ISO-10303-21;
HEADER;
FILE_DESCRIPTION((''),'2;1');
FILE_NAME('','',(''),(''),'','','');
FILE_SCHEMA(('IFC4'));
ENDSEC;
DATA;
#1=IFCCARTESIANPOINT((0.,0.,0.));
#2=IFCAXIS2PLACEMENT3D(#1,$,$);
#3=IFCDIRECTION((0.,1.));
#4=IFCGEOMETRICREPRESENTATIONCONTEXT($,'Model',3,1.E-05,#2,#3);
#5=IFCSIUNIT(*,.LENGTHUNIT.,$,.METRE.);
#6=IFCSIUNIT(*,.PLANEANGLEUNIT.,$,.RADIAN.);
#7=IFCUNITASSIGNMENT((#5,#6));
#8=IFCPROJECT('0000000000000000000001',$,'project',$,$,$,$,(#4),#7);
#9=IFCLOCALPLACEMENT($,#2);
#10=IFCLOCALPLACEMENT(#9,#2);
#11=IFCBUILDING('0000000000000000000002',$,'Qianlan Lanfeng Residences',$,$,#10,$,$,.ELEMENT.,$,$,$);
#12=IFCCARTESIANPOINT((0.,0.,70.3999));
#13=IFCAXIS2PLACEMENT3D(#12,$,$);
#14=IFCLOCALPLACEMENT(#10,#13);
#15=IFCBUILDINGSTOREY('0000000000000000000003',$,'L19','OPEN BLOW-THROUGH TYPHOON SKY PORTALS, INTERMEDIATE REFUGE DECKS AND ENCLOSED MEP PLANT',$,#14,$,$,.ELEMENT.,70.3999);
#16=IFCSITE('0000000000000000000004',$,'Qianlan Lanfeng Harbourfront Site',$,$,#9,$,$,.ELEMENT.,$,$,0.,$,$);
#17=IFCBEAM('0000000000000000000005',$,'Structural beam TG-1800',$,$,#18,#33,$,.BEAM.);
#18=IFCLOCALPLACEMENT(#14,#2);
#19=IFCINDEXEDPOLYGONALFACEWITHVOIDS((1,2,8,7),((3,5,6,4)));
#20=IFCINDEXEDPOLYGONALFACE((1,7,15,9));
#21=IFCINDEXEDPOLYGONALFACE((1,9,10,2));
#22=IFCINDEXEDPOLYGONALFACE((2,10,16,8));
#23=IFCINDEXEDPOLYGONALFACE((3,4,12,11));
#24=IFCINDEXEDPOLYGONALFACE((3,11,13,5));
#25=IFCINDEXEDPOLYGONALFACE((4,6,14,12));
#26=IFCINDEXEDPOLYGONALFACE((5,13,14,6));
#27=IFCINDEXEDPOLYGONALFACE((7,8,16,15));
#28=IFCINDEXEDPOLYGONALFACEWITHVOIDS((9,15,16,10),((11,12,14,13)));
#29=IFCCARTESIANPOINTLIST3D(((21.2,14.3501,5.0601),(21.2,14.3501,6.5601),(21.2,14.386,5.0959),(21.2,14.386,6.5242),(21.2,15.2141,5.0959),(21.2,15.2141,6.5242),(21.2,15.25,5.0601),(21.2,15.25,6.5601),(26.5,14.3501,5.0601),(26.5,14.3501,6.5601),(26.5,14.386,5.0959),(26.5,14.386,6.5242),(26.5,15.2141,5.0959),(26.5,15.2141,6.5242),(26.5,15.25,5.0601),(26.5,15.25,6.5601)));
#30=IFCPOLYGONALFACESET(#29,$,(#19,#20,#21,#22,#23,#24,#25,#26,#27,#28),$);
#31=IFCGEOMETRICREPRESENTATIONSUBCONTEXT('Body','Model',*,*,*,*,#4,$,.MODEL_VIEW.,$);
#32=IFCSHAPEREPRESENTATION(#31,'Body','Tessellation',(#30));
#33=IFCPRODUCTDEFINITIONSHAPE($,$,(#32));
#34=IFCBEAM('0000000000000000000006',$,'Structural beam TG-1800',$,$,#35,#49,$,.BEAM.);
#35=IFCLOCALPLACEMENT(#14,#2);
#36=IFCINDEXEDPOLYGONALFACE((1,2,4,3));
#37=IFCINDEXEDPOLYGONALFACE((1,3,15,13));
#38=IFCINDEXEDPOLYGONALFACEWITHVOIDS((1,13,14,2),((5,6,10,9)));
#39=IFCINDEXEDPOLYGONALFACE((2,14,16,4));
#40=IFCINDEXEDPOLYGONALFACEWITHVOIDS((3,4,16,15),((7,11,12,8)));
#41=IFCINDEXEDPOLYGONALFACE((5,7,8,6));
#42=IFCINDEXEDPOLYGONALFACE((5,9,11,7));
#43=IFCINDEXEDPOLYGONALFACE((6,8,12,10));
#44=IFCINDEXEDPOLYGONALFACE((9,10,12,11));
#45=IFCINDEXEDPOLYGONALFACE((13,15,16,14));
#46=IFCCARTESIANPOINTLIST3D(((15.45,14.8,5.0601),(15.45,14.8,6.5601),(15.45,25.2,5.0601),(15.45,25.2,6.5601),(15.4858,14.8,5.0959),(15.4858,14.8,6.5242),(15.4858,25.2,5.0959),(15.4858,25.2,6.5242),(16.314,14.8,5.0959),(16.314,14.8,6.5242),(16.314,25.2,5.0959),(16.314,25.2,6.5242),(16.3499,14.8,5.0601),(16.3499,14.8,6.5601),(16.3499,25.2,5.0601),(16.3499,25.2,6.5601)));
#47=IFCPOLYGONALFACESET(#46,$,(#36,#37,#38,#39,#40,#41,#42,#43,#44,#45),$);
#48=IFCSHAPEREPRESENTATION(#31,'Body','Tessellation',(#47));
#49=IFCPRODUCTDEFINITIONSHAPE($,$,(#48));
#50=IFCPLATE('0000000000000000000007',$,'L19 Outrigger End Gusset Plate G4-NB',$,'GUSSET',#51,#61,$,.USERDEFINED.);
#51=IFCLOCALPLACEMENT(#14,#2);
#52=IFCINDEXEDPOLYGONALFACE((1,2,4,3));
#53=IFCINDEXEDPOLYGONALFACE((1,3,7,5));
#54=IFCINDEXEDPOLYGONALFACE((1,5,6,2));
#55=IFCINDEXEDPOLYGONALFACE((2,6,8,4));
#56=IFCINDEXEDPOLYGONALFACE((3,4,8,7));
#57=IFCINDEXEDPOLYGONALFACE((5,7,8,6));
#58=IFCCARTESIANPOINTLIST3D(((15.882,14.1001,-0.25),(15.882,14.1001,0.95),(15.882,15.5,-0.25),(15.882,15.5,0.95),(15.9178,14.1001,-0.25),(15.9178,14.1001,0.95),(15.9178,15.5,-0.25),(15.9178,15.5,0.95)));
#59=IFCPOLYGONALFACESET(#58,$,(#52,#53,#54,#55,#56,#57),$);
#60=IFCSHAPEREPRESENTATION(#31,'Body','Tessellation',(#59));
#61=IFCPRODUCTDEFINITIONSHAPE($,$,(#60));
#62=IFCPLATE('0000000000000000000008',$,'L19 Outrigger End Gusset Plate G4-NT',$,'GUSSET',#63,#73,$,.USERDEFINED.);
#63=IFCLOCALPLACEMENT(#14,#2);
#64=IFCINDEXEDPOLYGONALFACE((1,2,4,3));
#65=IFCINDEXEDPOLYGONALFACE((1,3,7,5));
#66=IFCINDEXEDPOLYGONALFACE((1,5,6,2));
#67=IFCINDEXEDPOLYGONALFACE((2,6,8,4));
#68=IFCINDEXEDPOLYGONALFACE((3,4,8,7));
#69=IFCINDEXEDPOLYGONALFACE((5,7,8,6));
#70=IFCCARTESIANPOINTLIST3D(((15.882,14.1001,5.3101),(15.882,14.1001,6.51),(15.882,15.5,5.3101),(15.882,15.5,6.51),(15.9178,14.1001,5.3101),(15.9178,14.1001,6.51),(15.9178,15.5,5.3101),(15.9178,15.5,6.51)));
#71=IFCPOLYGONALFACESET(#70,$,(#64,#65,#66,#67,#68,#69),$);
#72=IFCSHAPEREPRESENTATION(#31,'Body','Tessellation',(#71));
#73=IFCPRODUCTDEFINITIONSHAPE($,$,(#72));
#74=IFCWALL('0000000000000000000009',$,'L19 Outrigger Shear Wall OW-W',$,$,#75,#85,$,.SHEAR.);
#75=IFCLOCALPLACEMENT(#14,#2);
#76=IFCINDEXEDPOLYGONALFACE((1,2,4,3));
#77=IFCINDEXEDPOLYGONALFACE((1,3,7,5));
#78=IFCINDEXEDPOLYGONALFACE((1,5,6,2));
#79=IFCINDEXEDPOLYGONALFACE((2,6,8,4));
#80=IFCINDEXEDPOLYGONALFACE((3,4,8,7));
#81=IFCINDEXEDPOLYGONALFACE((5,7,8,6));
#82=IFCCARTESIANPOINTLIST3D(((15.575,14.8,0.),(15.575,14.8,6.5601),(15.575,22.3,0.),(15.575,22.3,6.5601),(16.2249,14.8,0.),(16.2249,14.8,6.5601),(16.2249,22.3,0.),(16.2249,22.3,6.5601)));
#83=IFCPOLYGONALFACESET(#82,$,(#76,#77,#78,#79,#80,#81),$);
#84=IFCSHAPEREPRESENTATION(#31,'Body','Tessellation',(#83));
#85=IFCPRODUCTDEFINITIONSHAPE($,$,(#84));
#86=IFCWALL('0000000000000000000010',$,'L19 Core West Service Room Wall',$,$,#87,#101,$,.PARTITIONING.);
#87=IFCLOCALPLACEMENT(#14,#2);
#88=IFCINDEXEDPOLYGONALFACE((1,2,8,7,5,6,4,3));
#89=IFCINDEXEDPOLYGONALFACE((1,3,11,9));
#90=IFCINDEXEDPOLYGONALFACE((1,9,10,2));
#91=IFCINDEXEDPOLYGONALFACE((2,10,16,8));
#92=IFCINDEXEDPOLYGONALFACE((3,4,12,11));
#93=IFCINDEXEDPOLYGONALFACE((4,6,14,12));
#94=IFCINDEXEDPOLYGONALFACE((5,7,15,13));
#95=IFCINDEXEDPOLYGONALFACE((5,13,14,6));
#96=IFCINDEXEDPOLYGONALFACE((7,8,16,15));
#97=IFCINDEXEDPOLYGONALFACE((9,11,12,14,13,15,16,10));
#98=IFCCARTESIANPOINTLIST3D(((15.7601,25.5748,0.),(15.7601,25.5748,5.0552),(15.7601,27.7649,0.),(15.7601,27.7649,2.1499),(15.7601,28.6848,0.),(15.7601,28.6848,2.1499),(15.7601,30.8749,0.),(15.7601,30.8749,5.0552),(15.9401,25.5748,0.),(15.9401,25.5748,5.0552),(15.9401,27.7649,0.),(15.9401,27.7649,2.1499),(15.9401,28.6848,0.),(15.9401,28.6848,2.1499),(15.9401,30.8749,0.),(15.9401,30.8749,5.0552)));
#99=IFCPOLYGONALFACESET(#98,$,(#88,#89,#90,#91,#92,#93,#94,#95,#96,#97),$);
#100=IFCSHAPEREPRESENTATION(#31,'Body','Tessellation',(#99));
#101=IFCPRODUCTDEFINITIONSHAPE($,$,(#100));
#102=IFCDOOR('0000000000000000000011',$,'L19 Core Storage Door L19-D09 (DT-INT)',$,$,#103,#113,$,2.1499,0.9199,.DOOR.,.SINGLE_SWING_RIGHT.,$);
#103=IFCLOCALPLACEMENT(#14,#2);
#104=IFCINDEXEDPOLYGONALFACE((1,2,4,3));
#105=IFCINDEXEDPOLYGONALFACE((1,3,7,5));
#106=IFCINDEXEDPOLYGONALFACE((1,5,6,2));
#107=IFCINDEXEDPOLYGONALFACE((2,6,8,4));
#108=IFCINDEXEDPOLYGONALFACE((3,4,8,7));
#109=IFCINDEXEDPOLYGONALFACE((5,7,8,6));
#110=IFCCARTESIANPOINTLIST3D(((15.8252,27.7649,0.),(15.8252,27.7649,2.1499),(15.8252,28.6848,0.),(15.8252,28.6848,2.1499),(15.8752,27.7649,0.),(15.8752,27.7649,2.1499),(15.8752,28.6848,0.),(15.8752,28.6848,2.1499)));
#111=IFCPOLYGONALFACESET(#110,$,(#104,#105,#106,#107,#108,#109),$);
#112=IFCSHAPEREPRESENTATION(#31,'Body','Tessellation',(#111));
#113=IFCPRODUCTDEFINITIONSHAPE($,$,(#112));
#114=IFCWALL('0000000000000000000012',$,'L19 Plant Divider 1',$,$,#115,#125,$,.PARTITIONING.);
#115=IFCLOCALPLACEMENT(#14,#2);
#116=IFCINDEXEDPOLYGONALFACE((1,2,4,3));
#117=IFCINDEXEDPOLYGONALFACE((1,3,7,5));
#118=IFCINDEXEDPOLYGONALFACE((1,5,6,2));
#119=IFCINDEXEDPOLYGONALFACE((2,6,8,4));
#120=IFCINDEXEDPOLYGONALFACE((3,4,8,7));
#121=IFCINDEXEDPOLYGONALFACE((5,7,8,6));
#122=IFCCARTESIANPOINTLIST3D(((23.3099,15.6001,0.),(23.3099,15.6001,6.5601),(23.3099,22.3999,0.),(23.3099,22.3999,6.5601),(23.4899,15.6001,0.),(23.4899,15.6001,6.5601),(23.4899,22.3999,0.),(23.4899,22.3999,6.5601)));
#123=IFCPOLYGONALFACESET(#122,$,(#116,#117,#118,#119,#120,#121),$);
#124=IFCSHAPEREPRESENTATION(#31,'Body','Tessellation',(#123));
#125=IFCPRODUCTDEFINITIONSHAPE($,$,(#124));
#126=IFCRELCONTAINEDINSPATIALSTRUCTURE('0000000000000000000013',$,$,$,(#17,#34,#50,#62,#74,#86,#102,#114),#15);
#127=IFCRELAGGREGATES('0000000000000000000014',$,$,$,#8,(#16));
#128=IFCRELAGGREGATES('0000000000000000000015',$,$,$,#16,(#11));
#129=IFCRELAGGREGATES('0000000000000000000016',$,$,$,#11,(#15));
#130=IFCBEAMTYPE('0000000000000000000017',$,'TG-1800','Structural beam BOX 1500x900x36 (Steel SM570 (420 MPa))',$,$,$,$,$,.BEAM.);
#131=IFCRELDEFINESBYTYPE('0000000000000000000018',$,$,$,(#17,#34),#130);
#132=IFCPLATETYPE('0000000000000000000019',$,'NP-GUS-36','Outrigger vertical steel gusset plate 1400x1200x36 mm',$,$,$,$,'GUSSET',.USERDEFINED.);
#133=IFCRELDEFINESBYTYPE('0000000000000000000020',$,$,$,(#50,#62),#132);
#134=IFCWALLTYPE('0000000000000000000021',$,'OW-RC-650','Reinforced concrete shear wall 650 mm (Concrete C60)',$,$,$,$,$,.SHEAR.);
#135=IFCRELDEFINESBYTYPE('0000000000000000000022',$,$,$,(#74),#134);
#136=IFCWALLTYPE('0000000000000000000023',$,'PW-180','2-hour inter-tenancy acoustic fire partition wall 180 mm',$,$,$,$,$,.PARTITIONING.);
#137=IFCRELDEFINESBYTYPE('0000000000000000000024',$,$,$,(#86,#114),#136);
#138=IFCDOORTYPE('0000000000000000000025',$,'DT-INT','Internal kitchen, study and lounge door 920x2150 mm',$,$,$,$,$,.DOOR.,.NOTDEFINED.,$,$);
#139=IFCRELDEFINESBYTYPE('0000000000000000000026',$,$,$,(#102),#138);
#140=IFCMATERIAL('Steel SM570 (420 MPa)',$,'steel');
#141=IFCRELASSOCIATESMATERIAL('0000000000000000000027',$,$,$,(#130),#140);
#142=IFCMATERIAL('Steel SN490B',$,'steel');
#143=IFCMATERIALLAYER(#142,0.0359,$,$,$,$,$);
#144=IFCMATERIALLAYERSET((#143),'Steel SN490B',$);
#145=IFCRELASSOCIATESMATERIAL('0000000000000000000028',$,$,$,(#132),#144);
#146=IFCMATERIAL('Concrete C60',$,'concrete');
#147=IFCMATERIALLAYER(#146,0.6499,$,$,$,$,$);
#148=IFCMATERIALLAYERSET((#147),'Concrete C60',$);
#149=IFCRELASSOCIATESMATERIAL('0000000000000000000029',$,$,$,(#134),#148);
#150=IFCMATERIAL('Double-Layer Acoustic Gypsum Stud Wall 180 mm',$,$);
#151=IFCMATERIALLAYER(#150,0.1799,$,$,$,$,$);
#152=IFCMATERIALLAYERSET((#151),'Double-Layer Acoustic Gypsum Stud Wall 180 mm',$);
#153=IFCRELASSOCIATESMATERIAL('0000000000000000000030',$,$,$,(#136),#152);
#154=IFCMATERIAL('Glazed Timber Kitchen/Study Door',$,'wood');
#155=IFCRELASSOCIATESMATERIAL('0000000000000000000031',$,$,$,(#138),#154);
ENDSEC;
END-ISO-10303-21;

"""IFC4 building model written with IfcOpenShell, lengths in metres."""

from ifc_helpers import new_model, si_unit, direction, frame, frame_2d, origin, origin_2d, place, context, subcontext, project, spatial, rectangle, hollow_rectangle, extrude, source, transform, mapped, material, layer, layer_set, material_profile, profile_set, type_object, element, fill, save


model = new_model("IFC4")

# Units and contexts
model_context = context("Model", 3, precision=1e-05, world=origin(), true_north=direction((0.0, 1.0)))
body_context = subcontext(model_context, "Body", "Model", "MODEL_VIEW")
ifc_project = project(units=[si_unit("LENGTHUNIT", "METRE"), si_unit("PLANEANGLEUNIT", "RADIAN")], contexts=[model_context])

# Site, building, storey
site_placement = place(None, origin())
site = spatial("IfcSite", under=ifc_project, at=site_placement, Name="Qianlan Lanfeng Harbourfront Site", CompositionType="ELEMENT", RefElevation=0.0)
building_placement = place(site_placement, origin())
building = spatial("IfcBuilding", under=site, at=building_placement, Name="Qianlan Lanfeng Residences", CompositionType="ELEMENT")
storey_placement = place(building_placement, frame((0.0, 0.0, 70.3999)))
storey = spatial("IfcBuildingStorey", under=building, at=storey_placement, Name="L19", Description="OPEN BLOW-THROUGH TYPHOON SKY PORTALS, INTERMEDIATE REFUGE DECKS AND ENCLOSED MEP PLANT", CompositionType="ELEMENT", Elevation=70.3999)

# Shared definitions
ifc_material_1 = material(Name="Steel SN490B", Category="steel")

# Beams
ifc_material_2 = material(Name="Steel SM570 (420 MPa)", Category="steel")
ifc_material_profile_1 = material_profile(ifc_material_2, hollow_rectangle(XDim=0.8999, YDim=1.5, WallThickness=0.0359, at=origin_2d()), Name="BOX 1500x900x36")
ifc_profile_set_1 = profile_set([ifc_material_profile_1], Name="Steel SM570 (420 MPa)")
beam_type = type_object("IfcBeamType", Name="TG-1800", Description="Structural beam BOX 1500x900x36 (Steel SM570 (420 MPa))", PredefinedType="BEAM", material=ifc_profile_set_1)
for number, where, z_axis, x_axis, name in (
    (1, (21.2, 14.8, 5.8101), (1.0, 0.0, 0.0), (0.0, 1.0, 0.0), "Structural beam TG-1800"),
):
    element("IfcBeam", number, at=place(storey_placement, frame(where, z_axis=z_axis, x_axis=x_axis)), inside=storey, type_object=beam_type, Name=name, PredefinedType="BEAM", context=body_context, shape_type="SweptSolid", body=[
        extrude(hollow_rectangle(XDim=0.8999, YDim=1.5, WallThickness=0.0359, at=origin_2d()), origin(), (0.0, 0.0, 1.0), 5.3),
    ])
beam_placement = place(storey_placement, frame((15.8999, 14.8, 5.8101), z_axis=(0.0, 1.0, 0.0), x_axis=(-1.0, 0.0, 0.0)))
element("IfcBeam", 2, at=beam_placement, inside=storey, type_object=beam_type, Name="Structural beam TG-1800", PredefinedType="BEAM", context=body_context, shape_type="SweptSolid", body=[
    extrude(hollow_rectangle(XDim=0.8999, YDim=1.5, WallThickness=0.0359, at=origin_2d()), origin(), (0.0, 0.0, 1.0), 10.3999),
])

# Plates
ifc_layer_1 = layer(ifc_material_1, 0.0359)
ifc_layer_set_1 = layer_set([ifc_layer_1], Name="Steel SN490B")
plate_type = type_object("IfcPlateType", Name="NP-GUS-36", Description="Outrigger vertical steel gusset plate 1400x1200x36 mm", ElementType="GUSSET", PredefinedType="USERDEFINED", material=ifc_layer_set_1)
shared_shape = source(origin(), body_context, "Body", "SweptSolid", [
    extrude(rectangle(XDim=0.0359, YDim=1.3999, at=origin_2d()), origin(), (0.0, 0.0, 1.0), 1.2),
])
for number, where, z_axis, x_axis, name in (
    (3, (15.8999, 14.8, -0.25), (0.0, 0.0, 1.0), (1.0, 0.0, 0.0), "L19 Outrigger End Gusset Plate G4-NB"),
    (4, (15.8999, 14.8, 5.3101), (0.0, 0.0, 1.0), (1.0, 0.0, 0.0), "L19 Outrigger End Gusset Plate G4-NT"),
):
    element("IfcPlate", number, at=place(storey_placement, frame(where, z_axis=z_axis, x_axis=x_axis)), inside=storey, type_object=plate_type, Name=name, ObjectType="GUSSET", PredefinedType="USERDEFINED", context=body_context, shape_type="MappedRepresentation", body=[
        mapped(shared_shape, transform((0.0, 0.0, 0.0), scale=1.0)),
    ])

# Wall
ifc_material_3 = material(Name="Concrete C60", Category="concrete")
ifc_layer_2 = layer(ifc_material_3, 0.6499)
ifc_layer_set_2 = layer_set([ifc_layer_2], Name="Concrete C60")
wall_type_1 = type_object("IfcWallType", Name="OW-RC-650", Description="Reinforced concrete shear wall 650 mm (Concrete C60)", PredefinedType="SHEAR", material=ifc_layer_set_2)
wall_1_placement = place(storey_placement, frame((15.8999, 14.8, 0.0), z_axis=(0.0, 0.0, 1.0), x_axis=(0.0, 1.0, 0.0)))
element("IfcWall", 5, at=wall_1_placement, inside=storey, type_object=wall_type_1, Name="L19 Outrigger Shear Wall OW-W", PredefinedType="SHEAR", context=body_context, shape_type="SweptSolid", body=[
    extrude(rectangle(XDim=7.5, YDim=0.6499, at=frame_2d((3.75, 0.0))), origin(), (0.0, 0.0, 1.0), 6.5601),
])

# Wall, opening, door
ifc_material_4 = material(Name="Double-Layer Acoustic Gypsum Stud Wall 180 mm")
ifc_layer_3 = layer(ifc_material_4, 0.1799)
ifc_layer_set_3 = layer_set([ifc_layer_3], Name="Double-Layer Acoustic Gypsum Stud Wall 180 mm")
wall_type_2 = type_object("IfcWallType", Name="PW-180", Description="2-hour inter-tenancy acoustic fire partition wall 180 mm", PredefinedType="PARTITIONING", material=ifc_layer_set_3)
wall_2_placement = place(storey_placement, frame((15.8501, 25.575, 0.0), z_axis=(0.0, 0.0, 1.0), x_axis=(0.0, 1.0, 0.0)))
wall_2 = element("IfcWall", 6, at=wall_2_placement, inside=storey, type_object=wall_type_2, Name="L19 Core West Service Room Wall", PredefinedType="PARTITIONING", context=body_context, shape_type="SweptSolid", body=[
    extrude(rectangle(XDim=5.3, YDim=0.1799, at=frame_2d((2.6499, 0.0))), origin(), (0.0, 0.0, 1.0), 5.0552),
])
opening_1_placement = place(wall_2_placement, frame((2.1899, 0.0, 0.0)))
opening_1 = element("IfcOpeningElement", 7, at=opening_1_placement, cuts=wall_2, PredefinedType="OPENING", context=body_context, shape_type="SweptSolid", body=[
    extrude(rectangle(XDim=0.9199, YDim=2.1499, at=frame_2d((0.46, 1.075))), frame((0.0, 0.1001, 0.0), z_axis=(0.0, -1.0, 0.0), x_axis=(1.0, 0.0, 0.0)), (0.0, 0.0, 1.0), 0.2),
])
ifc_material_5 = material(Name="Glazed Timber Kitchen/Study Door", Category="wood")
door_type_1 = type_object("IfcDoorType", Name="DT-INT", Description="Internal kitchen, study and lounge door 920x2150 mm", OperationType="NOTDEFINED", PredefinedType="DOOR", material=ifc_material_5)
door_1_placement = place(opening_1_placement, origin())
door_1 = element("IfcDoor", 8, at=door_1_placement, inside=storey, type_object=door_type_1, Name="L19 Core Storage Door L19-D09 (DT-INT)", OperationType="SINGLE_SWING_RIGHT", OverallHeight=2.1499, OverallWidth=0.9199, PredefinedType="DOOR", context=body_context, shape_type="SweptSolid", body=[
    extrude(rectangle(XDim=0.9199, YDim=2.1499, at=frame_2d((0.46, 1.075))), frame((0.0, 0.0249, 0.0), z_axis=(0.0, -1.0, 0.0), x_axis=(1.0, 0.0, 0.0)), (0.0, 0.0, 1.0), 0.05),
])
fill(opening_1, door_1)

# Wall
wall_3_placement = place(storey_placement, frame((23.3999, 15.6001, 0.0), z_axis=(0.0, 0.0, 1.0), x_axis=(0.0, 1.0, 0.0)))
element("IfcWall", 9, at=wall_3_placement, inside=storey, type_object=wall_type_2, Name="L19 Plant Divider 1", PredefinedType="PARTITIONING", context=body_context, shape_type="SweptSolid", body=[
    extrude(rectangle(XDim=6.7998, YDim=0.1799, at=frame_2d((3.3999, 0.0))), origin(), (0.0, 0.0, 1.0), 6.5601),
])

save(model, "model.ifc")
